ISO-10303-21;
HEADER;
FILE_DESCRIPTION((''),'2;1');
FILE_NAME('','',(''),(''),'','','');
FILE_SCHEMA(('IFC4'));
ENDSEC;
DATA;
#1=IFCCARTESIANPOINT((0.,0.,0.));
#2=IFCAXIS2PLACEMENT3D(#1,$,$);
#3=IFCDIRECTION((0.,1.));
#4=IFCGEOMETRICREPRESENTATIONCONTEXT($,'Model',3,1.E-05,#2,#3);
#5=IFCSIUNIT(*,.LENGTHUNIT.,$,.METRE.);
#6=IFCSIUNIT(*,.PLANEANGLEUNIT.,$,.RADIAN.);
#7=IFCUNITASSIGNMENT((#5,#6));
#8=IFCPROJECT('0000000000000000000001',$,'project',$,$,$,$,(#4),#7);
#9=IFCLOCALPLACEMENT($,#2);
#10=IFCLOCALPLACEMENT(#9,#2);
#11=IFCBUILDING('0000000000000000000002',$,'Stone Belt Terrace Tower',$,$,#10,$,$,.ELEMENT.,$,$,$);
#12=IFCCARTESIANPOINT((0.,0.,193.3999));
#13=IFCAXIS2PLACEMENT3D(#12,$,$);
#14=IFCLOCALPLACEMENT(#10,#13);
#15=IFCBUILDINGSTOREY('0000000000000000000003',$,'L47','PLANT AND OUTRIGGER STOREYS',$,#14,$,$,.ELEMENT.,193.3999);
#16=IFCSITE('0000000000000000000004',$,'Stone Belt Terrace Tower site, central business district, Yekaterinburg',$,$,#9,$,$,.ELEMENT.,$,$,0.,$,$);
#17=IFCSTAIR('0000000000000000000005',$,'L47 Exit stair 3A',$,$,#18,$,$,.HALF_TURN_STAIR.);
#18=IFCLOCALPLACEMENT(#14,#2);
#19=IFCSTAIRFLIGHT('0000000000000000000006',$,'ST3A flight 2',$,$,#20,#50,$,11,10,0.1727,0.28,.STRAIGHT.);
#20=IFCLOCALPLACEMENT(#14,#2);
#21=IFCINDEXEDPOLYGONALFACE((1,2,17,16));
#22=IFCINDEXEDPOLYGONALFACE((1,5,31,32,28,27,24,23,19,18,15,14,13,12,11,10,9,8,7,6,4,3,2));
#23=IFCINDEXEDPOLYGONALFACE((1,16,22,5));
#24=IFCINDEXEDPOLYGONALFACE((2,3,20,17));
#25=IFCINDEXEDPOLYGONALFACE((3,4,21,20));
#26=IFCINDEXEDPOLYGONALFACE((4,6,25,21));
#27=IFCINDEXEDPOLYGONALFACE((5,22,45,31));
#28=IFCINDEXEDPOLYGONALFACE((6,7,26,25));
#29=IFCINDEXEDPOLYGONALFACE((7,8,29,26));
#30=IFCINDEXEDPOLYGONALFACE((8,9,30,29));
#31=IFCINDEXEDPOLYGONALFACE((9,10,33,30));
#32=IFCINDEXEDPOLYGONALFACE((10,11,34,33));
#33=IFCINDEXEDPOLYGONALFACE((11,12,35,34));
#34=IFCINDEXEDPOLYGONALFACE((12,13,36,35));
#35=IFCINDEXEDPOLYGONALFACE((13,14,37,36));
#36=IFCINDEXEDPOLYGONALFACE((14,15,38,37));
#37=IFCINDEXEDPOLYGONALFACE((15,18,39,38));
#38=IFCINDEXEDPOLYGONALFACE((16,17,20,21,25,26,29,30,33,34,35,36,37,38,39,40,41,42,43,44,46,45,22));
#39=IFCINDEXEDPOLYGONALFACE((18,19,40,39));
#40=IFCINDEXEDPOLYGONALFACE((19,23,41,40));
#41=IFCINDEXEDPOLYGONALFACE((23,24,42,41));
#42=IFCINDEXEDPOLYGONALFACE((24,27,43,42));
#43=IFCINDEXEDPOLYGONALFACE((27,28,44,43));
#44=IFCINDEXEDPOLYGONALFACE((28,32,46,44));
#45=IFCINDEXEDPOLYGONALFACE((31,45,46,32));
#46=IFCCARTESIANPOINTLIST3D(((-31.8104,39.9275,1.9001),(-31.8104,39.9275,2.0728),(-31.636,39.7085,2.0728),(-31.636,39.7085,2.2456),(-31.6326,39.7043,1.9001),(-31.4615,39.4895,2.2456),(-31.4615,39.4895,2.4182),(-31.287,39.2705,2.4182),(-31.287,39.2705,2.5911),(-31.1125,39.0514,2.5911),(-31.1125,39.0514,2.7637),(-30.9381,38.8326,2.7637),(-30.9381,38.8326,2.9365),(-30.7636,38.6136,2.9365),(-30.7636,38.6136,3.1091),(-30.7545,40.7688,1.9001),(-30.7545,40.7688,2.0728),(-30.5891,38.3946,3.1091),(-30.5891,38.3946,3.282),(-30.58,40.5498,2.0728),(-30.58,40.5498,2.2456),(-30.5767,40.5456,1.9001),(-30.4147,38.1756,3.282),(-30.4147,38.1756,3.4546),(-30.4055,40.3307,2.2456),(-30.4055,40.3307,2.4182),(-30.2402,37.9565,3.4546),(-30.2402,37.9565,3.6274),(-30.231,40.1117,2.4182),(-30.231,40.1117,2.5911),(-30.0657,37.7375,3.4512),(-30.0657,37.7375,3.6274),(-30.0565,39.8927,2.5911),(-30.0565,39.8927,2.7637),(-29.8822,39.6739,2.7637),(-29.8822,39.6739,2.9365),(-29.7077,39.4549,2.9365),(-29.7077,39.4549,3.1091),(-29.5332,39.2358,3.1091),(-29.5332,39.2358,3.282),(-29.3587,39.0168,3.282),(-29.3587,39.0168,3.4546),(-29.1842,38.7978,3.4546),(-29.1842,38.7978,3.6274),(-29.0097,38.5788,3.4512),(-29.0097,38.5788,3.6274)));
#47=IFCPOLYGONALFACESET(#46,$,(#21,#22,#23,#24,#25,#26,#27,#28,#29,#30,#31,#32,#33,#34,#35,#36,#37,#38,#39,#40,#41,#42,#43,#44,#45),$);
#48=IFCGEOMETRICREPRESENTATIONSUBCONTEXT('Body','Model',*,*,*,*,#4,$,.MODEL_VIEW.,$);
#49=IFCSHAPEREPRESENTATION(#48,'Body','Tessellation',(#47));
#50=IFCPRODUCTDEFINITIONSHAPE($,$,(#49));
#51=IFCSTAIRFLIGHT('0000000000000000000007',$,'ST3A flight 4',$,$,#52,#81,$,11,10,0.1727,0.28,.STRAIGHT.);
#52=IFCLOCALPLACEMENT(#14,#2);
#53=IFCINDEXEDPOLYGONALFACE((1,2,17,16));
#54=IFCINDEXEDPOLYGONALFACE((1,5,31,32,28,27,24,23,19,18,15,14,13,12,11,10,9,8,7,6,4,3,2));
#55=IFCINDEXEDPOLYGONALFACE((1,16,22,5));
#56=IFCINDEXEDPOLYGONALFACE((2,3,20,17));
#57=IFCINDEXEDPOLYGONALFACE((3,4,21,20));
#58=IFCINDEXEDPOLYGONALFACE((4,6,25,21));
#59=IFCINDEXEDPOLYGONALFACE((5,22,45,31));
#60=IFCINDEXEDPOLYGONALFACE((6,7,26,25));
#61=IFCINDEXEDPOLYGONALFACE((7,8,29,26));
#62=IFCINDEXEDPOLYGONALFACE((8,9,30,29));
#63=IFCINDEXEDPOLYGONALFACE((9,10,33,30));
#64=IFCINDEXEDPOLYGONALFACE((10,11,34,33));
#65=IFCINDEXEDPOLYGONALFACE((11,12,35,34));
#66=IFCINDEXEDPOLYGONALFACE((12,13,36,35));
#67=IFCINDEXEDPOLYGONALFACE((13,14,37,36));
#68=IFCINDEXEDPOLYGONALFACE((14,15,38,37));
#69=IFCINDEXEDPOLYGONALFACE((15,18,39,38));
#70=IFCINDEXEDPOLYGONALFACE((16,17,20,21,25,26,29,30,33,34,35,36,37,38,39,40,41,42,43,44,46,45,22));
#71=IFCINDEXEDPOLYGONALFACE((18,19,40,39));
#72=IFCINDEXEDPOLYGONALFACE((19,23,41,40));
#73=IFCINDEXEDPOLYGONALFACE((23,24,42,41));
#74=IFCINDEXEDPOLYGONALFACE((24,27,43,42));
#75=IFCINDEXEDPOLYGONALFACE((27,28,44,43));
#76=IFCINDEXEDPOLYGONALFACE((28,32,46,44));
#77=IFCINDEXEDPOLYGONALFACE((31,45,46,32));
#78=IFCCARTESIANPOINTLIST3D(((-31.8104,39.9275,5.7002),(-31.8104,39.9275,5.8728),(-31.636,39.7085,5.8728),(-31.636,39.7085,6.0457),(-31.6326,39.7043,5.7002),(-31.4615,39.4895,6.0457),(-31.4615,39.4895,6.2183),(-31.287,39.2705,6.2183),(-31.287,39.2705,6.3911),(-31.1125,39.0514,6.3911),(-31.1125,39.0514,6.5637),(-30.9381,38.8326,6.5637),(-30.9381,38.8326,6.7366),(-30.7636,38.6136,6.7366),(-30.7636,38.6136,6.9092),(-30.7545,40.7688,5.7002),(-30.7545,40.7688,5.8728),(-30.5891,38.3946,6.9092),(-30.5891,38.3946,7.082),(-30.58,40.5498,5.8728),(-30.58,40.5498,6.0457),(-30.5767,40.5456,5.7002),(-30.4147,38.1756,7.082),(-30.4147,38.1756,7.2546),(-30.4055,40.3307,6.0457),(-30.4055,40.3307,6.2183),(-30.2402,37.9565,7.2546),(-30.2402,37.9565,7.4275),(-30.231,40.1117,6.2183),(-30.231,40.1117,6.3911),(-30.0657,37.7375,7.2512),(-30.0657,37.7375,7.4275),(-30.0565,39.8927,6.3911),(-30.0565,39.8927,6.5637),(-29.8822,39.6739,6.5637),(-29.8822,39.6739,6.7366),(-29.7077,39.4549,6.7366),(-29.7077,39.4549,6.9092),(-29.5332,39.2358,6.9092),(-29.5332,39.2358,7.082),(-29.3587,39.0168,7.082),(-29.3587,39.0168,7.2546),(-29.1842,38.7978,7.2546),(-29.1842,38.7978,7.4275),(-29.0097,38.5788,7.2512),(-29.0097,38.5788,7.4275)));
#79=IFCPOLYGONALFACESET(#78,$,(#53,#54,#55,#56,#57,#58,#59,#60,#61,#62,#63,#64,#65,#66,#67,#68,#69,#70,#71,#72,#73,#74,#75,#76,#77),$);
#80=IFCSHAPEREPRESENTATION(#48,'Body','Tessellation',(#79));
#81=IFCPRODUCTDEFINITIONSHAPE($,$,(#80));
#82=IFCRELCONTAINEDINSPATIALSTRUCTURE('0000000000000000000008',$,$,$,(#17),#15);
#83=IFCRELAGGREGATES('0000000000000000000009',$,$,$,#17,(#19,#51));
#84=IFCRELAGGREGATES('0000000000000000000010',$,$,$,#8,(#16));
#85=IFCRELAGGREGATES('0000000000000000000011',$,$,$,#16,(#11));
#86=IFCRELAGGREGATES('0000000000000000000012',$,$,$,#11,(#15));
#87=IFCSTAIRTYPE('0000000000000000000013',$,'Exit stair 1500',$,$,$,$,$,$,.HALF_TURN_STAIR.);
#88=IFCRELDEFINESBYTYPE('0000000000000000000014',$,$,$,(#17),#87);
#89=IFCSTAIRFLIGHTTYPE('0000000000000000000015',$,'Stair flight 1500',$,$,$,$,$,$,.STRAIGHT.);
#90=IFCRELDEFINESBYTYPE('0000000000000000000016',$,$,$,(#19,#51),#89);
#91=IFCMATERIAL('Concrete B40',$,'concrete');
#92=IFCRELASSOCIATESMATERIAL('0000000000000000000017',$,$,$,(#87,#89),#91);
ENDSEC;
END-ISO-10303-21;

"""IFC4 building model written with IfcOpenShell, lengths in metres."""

from ifc_helpers import new_model, si_unit, direction, frame, origin, place, context, subcontext, project, spatial, polyline, outline, extrude, material, type_object, element, aggregate, save


model = new_model("IFC4")

# Units and contexts
model_context = context("Model", 3, precision=1e-05, world=origin(), true_north=direction((0.0, 1.0)))
body_context = subcontext(model_context, "Body", "Model", "MODEL_VIEW")
ifc_project = project(units=[si_unit("LENGTHUNIT", "METRE"), si_unit("PLANEANGLEUNIT", "RADIAN")], contexts=[model_context])

# Site, building, storey
site_placement = place(None, origin())
site = spatial("IfcSite", under=ifc_project, at=site_placement, Name="Stone Belt Terrace Tower site, central business district, Yekaterinburg", CompositionType="ELEMENT", RefElevation=0.0)
building_placement = place(site_placement, origin())
building = spatial("IfcBuilding", under=site, at=building_placement, Name="Stone Belt Terrace Tower", CompositionType="ELEMENT")
storey_placement = place(building_placement, frame((0.0, 0.0, 193.3999)))
storey = spatial("IfcBuildingStorey", under=building, at=storey_placement, Name="L47", Description="PLANT AND OUTRIGGER STOREYS", CompositionType="ELEMENT", Elevation=193.3999)

# Stair, stair flights
ifc_material_1 = material(Name="Concrete B40", Category="concrete")
stair_type = type_object("IfcStairType", Name="Exit stair 1500", PredefinedType="HALF_TURN_STAIR", material=ifc_material_1)
stair_placement = place(storey_placement, origin())
stair = element("IfcStair", 1, at=stair_placement, inside=storey, type_object=stair_type, Name="L47 Exit stair 3A", PredefinedType="HALF_TURN_STAIR")
stair_flight_type = type_object("IfcStairFlightType", Name="Stair flight 1500", PredefinedType="STRAIGHT", material=ifc_material_1)
stair_flight_1_placement = place(storey_placement, frame((-31.2825, 40.3481, 1.9001), z_axis=(0.0, 0.0, 1.0), x_axis=(0.623121, -0.782125, 0.0)))
stair_flight_1 = element("IfcStairFlight", 2, at=stair_flight_1_placement, type_object=stair_flight_type, Name="ST3A flight 2", NumberOfRisers=11, NumberOfTreads=10, PredefinedType="STRAIGHT", RiserHeight=0.1727, TreadLength=0.28, context=body_context, shape_type="SweptSolid", body=[
    extrude(outline(polyline([(0.0, 0.0), (0.0, 0.1726), (0.28, 0.1726), (0.28, 0.3455), (0.5601, 0.3455), (0.5601, 0.5181), (0.8401, 0.5181), (0.8401, 0.6909), (1.1201, 0.6909), (1.1201, 0.8635), (1.3999, 0.8635), (1.3999, 1.0364), (1.6799, 1.0364), (1.6799, 1.209), (1.96, 1.209), (1.96, 1.3818), (2.24, 1.3818), (2.24, 1.5544), (2.52, 1.5544), (2.52, 1.7273), (2.8, 1.7273), (2.8, 1.8999), (2.8, 1.551), (0.2854, 0.0), (0.0, 0.0)])), frame((0.0, 0.675, 0.0), z_axis=(0.0, -1.0, 0.0), x_axis=(1.0, 0.0, 0.0)), (0.0, 0.0, 1.0), 1.3501),
])
stair_flight_2_placement = place(storey_placement, frame((-31.2825, 40.3481, 5.7002), z_axis=(0.0, 0.0, 1.0), x_axis=(0.623121, -0.782125, 0.0)))
stair_flight_2 = element("IfcStairFlight", 3, at=stair_flight_2_placement, type_object=stair_flight_type, Name="ST3A flight 4", NumberOfRisers=11, NumberOfTreads=10, PredefinedType="STRAIGHT", RiserHeight=0.1727, TreadLength=0.28, context=body_context, shape_type="SweptSolid", body=[
    extrude(outline(polyline([(0.0, 0.0), (0.0, 0.1726), (0.28, 0.1726), (0.28, 0.3455), (0.5601, 0.3455), (0.5601, 0.5181), (0.8401, 0.5181), (0.8401, 0.6909), (1.1201, 0.6909), (1.1201, 0.8635), (1.3999, 0.8635), (1.3999, 1.0364), (1.6799, 1.0364), (1.6799, 1.209), (1.96, 1.209), (1.96, 1.3818), (2.24, 1.3818), (2.24, 1.5544), (2.52, 1.5544), (2.52, 1.7273), (2.8, 1.7273), (2.8, 1.8999), (2.8, 1.551), (0.2854, 0.0), (0.0, 0.0)])), frame((0.0, 0.675, 0.0), z_axis=(0.0, -1.0, 0.0), x_axis=(1.0, 0.0, 0.0)), (0.0, 0.0, 1.0), 1.3501),
])
aggregate(stair, [stair_flight_1, stair_flight_2])

save(model, "model.ifc")
